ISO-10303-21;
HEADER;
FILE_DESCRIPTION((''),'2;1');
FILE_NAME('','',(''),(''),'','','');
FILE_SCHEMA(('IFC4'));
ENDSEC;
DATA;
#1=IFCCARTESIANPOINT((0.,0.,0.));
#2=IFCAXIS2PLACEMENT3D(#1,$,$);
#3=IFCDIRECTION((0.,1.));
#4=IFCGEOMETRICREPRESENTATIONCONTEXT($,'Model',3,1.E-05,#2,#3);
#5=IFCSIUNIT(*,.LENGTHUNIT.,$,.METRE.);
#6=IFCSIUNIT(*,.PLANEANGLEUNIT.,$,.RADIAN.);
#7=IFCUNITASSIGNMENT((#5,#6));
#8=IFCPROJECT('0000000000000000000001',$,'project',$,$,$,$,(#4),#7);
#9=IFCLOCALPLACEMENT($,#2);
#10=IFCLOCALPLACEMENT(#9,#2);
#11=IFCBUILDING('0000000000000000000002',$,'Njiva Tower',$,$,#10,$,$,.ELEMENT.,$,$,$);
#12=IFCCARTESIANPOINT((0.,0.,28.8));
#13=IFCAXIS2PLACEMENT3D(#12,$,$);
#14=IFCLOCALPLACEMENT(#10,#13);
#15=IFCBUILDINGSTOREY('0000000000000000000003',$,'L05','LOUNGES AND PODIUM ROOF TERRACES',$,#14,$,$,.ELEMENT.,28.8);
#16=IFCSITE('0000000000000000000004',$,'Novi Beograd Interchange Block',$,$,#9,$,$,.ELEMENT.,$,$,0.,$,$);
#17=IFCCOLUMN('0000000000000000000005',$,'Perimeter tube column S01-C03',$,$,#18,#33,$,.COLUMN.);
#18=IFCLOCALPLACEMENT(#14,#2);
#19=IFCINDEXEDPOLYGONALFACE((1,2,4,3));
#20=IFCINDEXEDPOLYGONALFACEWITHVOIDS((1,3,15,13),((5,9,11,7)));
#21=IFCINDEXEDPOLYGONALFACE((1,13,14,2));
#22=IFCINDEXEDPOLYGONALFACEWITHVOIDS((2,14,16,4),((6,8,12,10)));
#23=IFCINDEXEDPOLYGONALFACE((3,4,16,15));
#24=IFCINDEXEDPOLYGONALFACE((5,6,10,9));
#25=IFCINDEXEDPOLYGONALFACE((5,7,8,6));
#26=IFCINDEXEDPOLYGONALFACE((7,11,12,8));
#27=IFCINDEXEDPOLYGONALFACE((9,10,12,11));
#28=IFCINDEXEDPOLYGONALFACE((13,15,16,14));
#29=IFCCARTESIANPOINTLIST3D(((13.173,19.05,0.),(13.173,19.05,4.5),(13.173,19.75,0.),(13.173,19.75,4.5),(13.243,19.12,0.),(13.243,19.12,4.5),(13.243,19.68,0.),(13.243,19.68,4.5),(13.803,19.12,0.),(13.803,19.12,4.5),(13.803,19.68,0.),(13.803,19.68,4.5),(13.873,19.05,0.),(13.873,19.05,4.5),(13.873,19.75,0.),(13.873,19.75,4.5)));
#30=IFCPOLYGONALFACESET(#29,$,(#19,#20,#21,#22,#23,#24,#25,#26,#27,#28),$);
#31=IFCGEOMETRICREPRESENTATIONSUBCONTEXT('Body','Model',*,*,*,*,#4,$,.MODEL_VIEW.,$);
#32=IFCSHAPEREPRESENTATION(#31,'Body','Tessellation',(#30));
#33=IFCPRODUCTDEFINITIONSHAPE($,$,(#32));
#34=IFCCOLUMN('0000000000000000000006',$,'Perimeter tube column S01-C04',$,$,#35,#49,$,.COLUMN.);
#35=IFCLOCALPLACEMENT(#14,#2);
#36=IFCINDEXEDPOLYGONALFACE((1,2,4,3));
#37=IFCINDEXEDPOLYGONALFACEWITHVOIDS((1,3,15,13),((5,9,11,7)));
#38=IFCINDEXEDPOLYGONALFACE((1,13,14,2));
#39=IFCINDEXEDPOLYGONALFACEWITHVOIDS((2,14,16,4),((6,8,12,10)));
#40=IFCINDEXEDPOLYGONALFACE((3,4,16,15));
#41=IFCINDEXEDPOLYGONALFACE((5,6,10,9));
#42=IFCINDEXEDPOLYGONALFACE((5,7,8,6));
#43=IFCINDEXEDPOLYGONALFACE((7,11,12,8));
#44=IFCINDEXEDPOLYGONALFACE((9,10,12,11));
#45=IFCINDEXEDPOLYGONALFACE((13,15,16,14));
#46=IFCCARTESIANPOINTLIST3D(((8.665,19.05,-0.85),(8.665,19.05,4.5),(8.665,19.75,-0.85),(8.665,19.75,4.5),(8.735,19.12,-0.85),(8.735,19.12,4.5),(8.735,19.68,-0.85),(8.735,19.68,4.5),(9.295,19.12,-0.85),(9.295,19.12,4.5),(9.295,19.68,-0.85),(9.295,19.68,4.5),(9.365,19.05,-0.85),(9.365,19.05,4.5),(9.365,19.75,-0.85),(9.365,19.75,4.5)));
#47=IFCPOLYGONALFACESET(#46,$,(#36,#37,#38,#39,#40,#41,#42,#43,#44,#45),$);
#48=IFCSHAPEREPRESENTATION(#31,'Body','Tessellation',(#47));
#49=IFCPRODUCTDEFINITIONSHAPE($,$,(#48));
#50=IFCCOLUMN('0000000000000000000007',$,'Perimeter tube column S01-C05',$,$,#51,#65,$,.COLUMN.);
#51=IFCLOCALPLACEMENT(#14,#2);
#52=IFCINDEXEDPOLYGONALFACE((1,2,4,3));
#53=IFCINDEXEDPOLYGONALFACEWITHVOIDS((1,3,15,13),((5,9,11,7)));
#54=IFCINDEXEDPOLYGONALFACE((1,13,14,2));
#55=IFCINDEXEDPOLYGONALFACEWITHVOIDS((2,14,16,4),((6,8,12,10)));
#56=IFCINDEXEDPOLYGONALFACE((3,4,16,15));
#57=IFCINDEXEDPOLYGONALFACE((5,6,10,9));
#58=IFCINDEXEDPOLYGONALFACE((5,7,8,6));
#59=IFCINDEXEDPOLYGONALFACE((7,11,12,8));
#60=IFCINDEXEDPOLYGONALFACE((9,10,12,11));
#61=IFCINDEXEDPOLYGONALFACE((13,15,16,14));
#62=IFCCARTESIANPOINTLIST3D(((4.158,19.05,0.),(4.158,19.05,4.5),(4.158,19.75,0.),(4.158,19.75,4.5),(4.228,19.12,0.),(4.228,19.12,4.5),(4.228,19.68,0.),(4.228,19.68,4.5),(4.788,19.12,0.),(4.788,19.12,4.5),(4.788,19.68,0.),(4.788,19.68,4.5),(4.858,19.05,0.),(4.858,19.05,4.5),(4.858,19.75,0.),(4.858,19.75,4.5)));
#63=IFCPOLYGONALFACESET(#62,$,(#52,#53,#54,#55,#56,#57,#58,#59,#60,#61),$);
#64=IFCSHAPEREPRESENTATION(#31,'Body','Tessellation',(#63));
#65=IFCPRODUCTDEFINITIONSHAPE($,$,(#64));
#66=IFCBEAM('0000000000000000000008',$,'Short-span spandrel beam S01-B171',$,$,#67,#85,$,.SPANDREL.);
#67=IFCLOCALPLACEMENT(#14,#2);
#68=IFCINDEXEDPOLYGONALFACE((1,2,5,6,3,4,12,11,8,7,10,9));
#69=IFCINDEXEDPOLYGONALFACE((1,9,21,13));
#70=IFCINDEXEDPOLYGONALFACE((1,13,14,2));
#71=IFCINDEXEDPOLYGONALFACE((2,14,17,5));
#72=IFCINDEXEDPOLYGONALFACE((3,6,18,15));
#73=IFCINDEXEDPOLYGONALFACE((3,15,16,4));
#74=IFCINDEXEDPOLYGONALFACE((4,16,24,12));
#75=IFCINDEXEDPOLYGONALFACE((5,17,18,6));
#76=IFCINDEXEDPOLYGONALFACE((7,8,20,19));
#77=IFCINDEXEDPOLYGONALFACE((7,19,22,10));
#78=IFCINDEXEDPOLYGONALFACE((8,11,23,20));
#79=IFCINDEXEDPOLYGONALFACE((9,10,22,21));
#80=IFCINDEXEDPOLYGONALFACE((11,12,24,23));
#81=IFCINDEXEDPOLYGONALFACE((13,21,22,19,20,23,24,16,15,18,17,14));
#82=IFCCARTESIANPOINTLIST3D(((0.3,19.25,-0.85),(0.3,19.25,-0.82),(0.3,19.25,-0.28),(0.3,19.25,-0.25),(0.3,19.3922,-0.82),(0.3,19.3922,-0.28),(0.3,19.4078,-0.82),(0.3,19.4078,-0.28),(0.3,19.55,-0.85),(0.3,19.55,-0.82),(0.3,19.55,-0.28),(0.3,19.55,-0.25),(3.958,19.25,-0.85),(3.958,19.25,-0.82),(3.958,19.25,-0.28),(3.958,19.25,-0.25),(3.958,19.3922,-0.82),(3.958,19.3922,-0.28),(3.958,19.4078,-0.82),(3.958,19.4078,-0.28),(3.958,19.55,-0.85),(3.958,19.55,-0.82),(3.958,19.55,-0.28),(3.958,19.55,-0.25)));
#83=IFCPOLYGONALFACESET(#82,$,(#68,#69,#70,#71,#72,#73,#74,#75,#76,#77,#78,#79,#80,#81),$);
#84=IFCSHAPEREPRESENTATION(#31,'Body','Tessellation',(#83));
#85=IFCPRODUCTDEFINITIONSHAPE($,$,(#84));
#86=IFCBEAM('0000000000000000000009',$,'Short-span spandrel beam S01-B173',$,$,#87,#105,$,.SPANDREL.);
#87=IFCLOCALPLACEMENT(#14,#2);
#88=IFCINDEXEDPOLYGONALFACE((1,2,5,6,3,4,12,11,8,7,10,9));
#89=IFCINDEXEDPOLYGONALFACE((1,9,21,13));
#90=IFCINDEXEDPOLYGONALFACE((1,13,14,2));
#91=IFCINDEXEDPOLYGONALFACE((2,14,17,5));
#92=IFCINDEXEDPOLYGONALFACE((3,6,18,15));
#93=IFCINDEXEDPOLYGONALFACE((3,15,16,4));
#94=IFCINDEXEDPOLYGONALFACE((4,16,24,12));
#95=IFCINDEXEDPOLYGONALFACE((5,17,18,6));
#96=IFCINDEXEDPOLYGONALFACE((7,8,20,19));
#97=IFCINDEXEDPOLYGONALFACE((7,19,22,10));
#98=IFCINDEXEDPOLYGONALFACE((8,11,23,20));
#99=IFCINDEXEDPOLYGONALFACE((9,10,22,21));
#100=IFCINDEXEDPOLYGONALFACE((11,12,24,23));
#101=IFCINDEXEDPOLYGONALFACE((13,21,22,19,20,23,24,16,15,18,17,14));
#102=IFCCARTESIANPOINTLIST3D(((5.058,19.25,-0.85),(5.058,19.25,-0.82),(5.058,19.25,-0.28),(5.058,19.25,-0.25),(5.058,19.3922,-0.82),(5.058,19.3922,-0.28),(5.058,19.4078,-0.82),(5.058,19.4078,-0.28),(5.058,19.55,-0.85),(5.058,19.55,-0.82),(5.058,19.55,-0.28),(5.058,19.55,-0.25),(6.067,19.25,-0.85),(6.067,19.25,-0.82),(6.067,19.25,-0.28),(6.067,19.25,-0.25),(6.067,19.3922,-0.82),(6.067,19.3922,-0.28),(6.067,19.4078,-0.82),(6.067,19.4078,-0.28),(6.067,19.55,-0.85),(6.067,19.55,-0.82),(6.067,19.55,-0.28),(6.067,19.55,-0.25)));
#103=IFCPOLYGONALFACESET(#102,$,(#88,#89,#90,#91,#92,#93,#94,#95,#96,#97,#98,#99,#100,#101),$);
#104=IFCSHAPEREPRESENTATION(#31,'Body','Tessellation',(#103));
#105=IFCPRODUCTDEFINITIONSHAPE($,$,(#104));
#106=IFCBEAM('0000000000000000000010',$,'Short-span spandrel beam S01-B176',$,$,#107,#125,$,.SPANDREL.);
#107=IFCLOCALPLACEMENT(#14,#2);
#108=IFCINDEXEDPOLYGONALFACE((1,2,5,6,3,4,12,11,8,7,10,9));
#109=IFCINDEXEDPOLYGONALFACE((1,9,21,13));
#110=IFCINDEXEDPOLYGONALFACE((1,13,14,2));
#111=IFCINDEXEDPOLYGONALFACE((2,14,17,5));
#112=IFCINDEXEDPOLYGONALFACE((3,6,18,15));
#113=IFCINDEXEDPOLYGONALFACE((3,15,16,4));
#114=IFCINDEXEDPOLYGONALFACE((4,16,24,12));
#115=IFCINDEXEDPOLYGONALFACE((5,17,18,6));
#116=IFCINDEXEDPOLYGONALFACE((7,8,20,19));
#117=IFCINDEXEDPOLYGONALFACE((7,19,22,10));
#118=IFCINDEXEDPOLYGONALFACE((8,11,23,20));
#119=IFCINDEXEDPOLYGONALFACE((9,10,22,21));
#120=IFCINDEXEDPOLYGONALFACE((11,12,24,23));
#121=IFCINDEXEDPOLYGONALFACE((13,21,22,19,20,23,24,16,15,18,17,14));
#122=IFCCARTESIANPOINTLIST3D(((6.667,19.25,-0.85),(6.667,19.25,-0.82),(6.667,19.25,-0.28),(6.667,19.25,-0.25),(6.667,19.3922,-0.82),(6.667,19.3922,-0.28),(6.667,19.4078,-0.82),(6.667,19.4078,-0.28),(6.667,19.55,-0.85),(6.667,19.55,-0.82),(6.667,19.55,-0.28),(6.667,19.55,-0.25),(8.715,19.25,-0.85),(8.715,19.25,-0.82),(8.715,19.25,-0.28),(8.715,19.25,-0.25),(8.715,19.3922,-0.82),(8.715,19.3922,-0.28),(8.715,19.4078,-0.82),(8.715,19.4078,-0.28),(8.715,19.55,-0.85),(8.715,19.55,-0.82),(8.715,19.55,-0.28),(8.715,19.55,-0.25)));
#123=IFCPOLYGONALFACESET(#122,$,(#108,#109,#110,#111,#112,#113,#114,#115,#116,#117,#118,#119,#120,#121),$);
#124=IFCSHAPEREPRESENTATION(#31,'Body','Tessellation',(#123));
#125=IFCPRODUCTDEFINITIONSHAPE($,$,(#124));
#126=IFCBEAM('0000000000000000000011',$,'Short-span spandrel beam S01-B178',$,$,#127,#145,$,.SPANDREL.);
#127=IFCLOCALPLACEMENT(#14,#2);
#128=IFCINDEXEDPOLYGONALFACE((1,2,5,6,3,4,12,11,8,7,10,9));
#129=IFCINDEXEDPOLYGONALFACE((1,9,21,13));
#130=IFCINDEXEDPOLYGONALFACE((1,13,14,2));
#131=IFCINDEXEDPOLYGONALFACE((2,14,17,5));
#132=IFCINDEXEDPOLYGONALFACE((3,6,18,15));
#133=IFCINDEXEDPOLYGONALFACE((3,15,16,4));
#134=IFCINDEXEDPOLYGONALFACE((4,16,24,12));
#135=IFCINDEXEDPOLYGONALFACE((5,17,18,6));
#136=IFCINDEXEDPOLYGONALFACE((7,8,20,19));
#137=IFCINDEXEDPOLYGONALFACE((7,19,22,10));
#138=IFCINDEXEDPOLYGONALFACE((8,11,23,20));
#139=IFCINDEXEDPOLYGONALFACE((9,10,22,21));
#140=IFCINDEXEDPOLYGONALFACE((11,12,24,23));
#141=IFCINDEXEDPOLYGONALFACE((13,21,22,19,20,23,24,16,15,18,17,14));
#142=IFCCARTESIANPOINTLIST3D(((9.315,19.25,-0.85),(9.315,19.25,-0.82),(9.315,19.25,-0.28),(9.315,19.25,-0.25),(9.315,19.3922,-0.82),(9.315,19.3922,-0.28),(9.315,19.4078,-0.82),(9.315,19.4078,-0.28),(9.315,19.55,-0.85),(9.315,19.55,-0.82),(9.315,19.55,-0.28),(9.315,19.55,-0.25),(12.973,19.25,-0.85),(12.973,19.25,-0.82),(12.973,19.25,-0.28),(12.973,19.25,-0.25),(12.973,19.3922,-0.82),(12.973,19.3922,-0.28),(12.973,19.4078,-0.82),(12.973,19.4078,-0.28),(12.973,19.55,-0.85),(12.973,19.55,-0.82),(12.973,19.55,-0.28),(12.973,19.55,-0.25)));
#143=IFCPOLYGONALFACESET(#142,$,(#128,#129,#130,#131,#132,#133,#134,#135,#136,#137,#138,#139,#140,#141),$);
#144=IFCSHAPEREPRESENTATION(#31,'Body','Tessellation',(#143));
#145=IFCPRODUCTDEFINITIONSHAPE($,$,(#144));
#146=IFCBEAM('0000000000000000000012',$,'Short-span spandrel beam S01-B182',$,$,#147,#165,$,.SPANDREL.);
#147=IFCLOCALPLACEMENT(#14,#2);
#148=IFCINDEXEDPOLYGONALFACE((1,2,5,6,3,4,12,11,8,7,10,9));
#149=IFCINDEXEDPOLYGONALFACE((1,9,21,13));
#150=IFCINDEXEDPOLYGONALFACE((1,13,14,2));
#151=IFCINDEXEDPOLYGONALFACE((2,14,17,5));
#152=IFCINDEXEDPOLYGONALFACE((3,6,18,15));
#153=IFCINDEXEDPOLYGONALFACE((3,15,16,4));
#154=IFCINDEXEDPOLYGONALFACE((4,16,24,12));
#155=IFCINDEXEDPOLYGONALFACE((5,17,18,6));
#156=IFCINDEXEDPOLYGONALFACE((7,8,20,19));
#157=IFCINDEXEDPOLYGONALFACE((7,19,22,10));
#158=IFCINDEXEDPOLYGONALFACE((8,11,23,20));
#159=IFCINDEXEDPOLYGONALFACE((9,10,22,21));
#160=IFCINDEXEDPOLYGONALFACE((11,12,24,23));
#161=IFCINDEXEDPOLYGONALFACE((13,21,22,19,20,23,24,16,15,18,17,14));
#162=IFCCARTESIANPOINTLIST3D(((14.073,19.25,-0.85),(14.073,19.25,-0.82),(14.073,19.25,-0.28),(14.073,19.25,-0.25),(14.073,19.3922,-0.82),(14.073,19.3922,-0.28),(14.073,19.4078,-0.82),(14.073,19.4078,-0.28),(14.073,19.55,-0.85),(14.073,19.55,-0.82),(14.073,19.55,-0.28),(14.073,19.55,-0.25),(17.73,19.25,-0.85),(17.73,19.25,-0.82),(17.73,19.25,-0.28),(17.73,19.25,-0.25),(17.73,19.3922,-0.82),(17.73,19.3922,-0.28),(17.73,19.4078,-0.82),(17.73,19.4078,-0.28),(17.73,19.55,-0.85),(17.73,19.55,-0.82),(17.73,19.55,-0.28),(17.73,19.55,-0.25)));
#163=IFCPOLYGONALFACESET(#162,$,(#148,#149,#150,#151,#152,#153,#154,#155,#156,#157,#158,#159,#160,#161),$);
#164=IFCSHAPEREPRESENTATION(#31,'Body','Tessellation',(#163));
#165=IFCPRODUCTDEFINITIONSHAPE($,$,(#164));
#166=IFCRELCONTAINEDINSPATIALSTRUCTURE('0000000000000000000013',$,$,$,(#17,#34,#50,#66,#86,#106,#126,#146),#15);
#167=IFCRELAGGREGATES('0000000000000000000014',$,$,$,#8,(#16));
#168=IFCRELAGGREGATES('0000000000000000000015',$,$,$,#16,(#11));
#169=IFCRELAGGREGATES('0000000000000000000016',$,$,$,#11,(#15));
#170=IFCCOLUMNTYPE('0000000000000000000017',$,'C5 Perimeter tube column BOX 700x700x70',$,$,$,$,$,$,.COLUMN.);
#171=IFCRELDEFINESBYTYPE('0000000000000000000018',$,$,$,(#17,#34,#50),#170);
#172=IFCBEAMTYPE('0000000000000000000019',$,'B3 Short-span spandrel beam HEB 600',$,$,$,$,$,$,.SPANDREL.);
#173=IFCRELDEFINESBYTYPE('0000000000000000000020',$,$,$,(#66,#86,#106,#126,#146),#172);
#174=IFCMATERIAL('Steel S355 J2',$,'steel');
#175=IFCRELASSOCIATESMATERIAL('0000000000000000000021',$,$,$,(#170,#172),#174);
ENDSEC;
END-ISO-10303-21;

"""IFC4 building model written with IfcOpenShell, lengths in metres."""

from ifc_helpers import new_model, si_unit, direction, frame, origin, origin_2d, place, context, subcontext, project, spatial, hollow_rectangle, i_section, extrude, material, material_profile, profile_set, type_object, element, save


model = new_model("IFC4")

# Units and contexts
model_context = context("Model", 3, precision=1e-05, world=origin(), true_north=direction((0.0, 1.0)))
body_context = subcontext(model_context, "Body", "Model", "MODEL_VIEW")
ifc_project = project(units=[si_unit("LENGTHUNIT", "METRE"), si_unit("PLANEANGLEUNIT", "RADIAN")], contexts=[model_context])

# Site, building, storey
site_placement = place(None, origin())
site = spatial("IfcSite", under=ifc_project, at=site_placement, Name="Novi Beograd Interchange Block", CompositionType="ELEMENT", RefElevation=0.0)
building_placement = place(site_placement, origin())
building = spatial("IfcBuilding", under=site, at=building_placement, Name="Njiva Tower", CompositionType="ELEMENT")
storey_placement = place(building_placement, frame((0.0, 0.0, 28.8)))
storey = spatial("IfcBuildingStorey", under=building, at=storey_placement, Name="L05", Description="LOUNGES AND PODIUM ROOF TERRACES", CompositionType="ELEMENT", Elevation=28.8)

# Columns
ifc_material_1 = material(Name="Steel S355 J2", Category="steel")
ifc_material_profile_1 = material_profile(ifc_material_1, hollow_rectangle(XDim=0.7, YDim=0.7, WallThickness=0.07, at=origin_2d()), Name="BOX 700x700x70")
ifc_profile_set_1 = profile_set([ifc_material_profile_1], Name="Steel S355 J2")
column_type = type_object("IfcColumnType", Name="C5 Perimeter tube column BOX 700x700x70", PredefinedType="COLUMN", material=ifc_profile_set_1)
column_1_placement = place(storey_placement, frame((13.523, 19.4, 0.0), z_axis=(0.0, 0.0, 1.0), x_axis=(-1.0, 0.0, 0.0)))
element("IfcColumn", 1, at=column_1_placement, inside=storey, type_object=column_type, Name="Perimeter tube column S01-C03", PredefinedType="COLUMN", context=body_context, shape_type="SweptSolid", body=[
    extrude(hollow_rectangle(XDim=0.7, YDim=0.7, WallThickness=0.07, at=origin_2d()), origin(), (0.0, 0.0, 1.0), 4.5),
])
column_2_placement = place(storey_placement, frame((9.015, 19.4, -0.85), z_axis=(0.0, 0.0, 1.0), x_axis=(-1.0, 0.0, 0.0)))
element("IfcColumn", 2, at=column_2_placement, inside=storey, type_object=column_type, Name="Perimeter tube column S01-C04", PredefinedType="COLUMN", context=body_context, shape_type="SweptSolid", body=[
    extrude(hollow_rectangle(XDim=0.7, YDim=0.7, WallThickness=0.07, at=origin_2d()), origin(), (0.0, 0.0, 1.0), 5.35),
])
column_3_placement = place(storey_placement, frame((4.508, 19.4, 0.0), z_axis=(0.0, 0.0, 1.0), x_axis=(-1.0, 0.0, 0.0)))
element("IfcColumn", 3, at=column_3_placement, inside=storey, type_object=column_type, Name="Perimeter tube column S01-C05", PredefinedType="COLUMN", context=body_context, shape_type="SweptSolid", body=[
    extrude(hollow_rectangle(XDim=0.7, YDim=0.7, WallThickness=0.07, at=origin_2d()), origin(), (0.0, 0.0, 1.0), 4.5),
])

# Beams
ifc_material_profile_2 = material_profile(ifc_material_1, i_section(OverallWidth=0.3, OverallDepth=0.6, WebThickness=0.0155, FlangeThickness=0.03, at=origin_2d()), Name="HEB 600")
ifc_profile_set_2 = profile_set([ifc_material_profile_2], Name="Steel S355 J2")
beam_type = type_object("IfcBeamType", Name="B3 Short-span spandrel beam HEB 600", PredefinedType="SPANDREL", material=ifc_profile_set_2)
beam_1_placement = place(storey_placement, frame((0.3, 19.4, -0.55), z_axis=(1.0, 0.0, 0.0), x_axis=(0.0, 1.0, 0.0)))
element("IfcBeam", 4, at=beam_1_placement, inside=storey, type_object=beam_type, Name="Short-span spandrel beam S01-B171", PredefinedType="SPANDREL", context=body_context, shape_type="SweptSolid", body=[
    extrude(i_section(OverallWidth=0.3, OverallDepth=0.6, WebThickness=0.0155, FlangeThickness=0.03, at=origin_2d()), origin(), (0.0, 0.0, 1.0), 3.658),
])
beam_2_placement = place(storey_placement, frame((5.058, 19.4, -0.55), z_axis=(1.0, 0.0, 0.0), x_axis=(0.0, 1.0, 0.0)))
element("IfcBeam", 5, at=beam_2_placement, inside=storey, type_object=beam_type, Name="Short-span spandrel beam S01-B173", PredefinedType="SPANDREL", context=body_context, shape_type="SweptSolid", body=[
    extrude(i_section(OverallWidth=0.3, OverallDepth=0.6, WebThickness=0.0155, FlangeThickness=0.03, at=origin_2d()), origin(), (0.0, 0.0, 1.0), 1.009),
])
beam_3_placement = place(storey_placement, frame((6.667, 19.4, -0.55), z_axis=(1.0, 0.0, 0.0), x_axis=(0.0, 1.0, 0.0)))
element("IfcBeam", 6, at=beam_3_placement, inside=storey, type_object=beam_type, Name="Short-span spandrel beam S01-B176", PredefinedType="SPANDREL", context=body_context, shape_type="SweptSolid", body=[
    extrude(i_section(OverallWidth=0.3, OverallDepth=0.6, WebThickness=0.0155, FlangeThickness=0.03, at=origin_2d()), origin(), (0.0, 0.0, 1.0), 2.048),
])
beam_4_placement = place(storey_placement, frame((9.315, 19.4, -0.55), z_axis=(1.0, 0.0, 0.0), x_axis=(0.0, 1.0, 0.0)))
element("IfcBeam", 7, at=beam_4_placement, inside=storey, type_object=beam_type, Name="Short-span spandrel beam S01-B178", PredefinedType="SPANDREL", context=body_context, shape_type="SweptSolid", body=[
    extrude(i_section(OverallWidth=0.3, OverallDepth=0.6, WebThickness=0.0155, FlangeThickness=0.03, at=origin_2d()), origin(), (0.0, 0.0, 1.0), 3.658),
])
beam_5_placement = place(storey_placement, frame((14.073, 19.4, -0.55), z_axis=(1.0, 0.0, 0.0), x_axis=(0.0, 1.0, 0.0)))
element("IfcBeam", 8, at=beam_5_placement, inside=storey, type_object=beam_type, Name="Short-span spandrel beam S01-B182", PredefinedType="SPANDREL", context=body_context, shape_type="SweptSolid", body=[
    extrude(i_section(OverallWidth=0.3, OverallDepth=0.6, WebThickness=0.0155, FlangeThickness=0.03, at=origin_2d()), origin(), (0.0, 0.0, 1.0), 3.657),
])

save(model, "model.ifc")
